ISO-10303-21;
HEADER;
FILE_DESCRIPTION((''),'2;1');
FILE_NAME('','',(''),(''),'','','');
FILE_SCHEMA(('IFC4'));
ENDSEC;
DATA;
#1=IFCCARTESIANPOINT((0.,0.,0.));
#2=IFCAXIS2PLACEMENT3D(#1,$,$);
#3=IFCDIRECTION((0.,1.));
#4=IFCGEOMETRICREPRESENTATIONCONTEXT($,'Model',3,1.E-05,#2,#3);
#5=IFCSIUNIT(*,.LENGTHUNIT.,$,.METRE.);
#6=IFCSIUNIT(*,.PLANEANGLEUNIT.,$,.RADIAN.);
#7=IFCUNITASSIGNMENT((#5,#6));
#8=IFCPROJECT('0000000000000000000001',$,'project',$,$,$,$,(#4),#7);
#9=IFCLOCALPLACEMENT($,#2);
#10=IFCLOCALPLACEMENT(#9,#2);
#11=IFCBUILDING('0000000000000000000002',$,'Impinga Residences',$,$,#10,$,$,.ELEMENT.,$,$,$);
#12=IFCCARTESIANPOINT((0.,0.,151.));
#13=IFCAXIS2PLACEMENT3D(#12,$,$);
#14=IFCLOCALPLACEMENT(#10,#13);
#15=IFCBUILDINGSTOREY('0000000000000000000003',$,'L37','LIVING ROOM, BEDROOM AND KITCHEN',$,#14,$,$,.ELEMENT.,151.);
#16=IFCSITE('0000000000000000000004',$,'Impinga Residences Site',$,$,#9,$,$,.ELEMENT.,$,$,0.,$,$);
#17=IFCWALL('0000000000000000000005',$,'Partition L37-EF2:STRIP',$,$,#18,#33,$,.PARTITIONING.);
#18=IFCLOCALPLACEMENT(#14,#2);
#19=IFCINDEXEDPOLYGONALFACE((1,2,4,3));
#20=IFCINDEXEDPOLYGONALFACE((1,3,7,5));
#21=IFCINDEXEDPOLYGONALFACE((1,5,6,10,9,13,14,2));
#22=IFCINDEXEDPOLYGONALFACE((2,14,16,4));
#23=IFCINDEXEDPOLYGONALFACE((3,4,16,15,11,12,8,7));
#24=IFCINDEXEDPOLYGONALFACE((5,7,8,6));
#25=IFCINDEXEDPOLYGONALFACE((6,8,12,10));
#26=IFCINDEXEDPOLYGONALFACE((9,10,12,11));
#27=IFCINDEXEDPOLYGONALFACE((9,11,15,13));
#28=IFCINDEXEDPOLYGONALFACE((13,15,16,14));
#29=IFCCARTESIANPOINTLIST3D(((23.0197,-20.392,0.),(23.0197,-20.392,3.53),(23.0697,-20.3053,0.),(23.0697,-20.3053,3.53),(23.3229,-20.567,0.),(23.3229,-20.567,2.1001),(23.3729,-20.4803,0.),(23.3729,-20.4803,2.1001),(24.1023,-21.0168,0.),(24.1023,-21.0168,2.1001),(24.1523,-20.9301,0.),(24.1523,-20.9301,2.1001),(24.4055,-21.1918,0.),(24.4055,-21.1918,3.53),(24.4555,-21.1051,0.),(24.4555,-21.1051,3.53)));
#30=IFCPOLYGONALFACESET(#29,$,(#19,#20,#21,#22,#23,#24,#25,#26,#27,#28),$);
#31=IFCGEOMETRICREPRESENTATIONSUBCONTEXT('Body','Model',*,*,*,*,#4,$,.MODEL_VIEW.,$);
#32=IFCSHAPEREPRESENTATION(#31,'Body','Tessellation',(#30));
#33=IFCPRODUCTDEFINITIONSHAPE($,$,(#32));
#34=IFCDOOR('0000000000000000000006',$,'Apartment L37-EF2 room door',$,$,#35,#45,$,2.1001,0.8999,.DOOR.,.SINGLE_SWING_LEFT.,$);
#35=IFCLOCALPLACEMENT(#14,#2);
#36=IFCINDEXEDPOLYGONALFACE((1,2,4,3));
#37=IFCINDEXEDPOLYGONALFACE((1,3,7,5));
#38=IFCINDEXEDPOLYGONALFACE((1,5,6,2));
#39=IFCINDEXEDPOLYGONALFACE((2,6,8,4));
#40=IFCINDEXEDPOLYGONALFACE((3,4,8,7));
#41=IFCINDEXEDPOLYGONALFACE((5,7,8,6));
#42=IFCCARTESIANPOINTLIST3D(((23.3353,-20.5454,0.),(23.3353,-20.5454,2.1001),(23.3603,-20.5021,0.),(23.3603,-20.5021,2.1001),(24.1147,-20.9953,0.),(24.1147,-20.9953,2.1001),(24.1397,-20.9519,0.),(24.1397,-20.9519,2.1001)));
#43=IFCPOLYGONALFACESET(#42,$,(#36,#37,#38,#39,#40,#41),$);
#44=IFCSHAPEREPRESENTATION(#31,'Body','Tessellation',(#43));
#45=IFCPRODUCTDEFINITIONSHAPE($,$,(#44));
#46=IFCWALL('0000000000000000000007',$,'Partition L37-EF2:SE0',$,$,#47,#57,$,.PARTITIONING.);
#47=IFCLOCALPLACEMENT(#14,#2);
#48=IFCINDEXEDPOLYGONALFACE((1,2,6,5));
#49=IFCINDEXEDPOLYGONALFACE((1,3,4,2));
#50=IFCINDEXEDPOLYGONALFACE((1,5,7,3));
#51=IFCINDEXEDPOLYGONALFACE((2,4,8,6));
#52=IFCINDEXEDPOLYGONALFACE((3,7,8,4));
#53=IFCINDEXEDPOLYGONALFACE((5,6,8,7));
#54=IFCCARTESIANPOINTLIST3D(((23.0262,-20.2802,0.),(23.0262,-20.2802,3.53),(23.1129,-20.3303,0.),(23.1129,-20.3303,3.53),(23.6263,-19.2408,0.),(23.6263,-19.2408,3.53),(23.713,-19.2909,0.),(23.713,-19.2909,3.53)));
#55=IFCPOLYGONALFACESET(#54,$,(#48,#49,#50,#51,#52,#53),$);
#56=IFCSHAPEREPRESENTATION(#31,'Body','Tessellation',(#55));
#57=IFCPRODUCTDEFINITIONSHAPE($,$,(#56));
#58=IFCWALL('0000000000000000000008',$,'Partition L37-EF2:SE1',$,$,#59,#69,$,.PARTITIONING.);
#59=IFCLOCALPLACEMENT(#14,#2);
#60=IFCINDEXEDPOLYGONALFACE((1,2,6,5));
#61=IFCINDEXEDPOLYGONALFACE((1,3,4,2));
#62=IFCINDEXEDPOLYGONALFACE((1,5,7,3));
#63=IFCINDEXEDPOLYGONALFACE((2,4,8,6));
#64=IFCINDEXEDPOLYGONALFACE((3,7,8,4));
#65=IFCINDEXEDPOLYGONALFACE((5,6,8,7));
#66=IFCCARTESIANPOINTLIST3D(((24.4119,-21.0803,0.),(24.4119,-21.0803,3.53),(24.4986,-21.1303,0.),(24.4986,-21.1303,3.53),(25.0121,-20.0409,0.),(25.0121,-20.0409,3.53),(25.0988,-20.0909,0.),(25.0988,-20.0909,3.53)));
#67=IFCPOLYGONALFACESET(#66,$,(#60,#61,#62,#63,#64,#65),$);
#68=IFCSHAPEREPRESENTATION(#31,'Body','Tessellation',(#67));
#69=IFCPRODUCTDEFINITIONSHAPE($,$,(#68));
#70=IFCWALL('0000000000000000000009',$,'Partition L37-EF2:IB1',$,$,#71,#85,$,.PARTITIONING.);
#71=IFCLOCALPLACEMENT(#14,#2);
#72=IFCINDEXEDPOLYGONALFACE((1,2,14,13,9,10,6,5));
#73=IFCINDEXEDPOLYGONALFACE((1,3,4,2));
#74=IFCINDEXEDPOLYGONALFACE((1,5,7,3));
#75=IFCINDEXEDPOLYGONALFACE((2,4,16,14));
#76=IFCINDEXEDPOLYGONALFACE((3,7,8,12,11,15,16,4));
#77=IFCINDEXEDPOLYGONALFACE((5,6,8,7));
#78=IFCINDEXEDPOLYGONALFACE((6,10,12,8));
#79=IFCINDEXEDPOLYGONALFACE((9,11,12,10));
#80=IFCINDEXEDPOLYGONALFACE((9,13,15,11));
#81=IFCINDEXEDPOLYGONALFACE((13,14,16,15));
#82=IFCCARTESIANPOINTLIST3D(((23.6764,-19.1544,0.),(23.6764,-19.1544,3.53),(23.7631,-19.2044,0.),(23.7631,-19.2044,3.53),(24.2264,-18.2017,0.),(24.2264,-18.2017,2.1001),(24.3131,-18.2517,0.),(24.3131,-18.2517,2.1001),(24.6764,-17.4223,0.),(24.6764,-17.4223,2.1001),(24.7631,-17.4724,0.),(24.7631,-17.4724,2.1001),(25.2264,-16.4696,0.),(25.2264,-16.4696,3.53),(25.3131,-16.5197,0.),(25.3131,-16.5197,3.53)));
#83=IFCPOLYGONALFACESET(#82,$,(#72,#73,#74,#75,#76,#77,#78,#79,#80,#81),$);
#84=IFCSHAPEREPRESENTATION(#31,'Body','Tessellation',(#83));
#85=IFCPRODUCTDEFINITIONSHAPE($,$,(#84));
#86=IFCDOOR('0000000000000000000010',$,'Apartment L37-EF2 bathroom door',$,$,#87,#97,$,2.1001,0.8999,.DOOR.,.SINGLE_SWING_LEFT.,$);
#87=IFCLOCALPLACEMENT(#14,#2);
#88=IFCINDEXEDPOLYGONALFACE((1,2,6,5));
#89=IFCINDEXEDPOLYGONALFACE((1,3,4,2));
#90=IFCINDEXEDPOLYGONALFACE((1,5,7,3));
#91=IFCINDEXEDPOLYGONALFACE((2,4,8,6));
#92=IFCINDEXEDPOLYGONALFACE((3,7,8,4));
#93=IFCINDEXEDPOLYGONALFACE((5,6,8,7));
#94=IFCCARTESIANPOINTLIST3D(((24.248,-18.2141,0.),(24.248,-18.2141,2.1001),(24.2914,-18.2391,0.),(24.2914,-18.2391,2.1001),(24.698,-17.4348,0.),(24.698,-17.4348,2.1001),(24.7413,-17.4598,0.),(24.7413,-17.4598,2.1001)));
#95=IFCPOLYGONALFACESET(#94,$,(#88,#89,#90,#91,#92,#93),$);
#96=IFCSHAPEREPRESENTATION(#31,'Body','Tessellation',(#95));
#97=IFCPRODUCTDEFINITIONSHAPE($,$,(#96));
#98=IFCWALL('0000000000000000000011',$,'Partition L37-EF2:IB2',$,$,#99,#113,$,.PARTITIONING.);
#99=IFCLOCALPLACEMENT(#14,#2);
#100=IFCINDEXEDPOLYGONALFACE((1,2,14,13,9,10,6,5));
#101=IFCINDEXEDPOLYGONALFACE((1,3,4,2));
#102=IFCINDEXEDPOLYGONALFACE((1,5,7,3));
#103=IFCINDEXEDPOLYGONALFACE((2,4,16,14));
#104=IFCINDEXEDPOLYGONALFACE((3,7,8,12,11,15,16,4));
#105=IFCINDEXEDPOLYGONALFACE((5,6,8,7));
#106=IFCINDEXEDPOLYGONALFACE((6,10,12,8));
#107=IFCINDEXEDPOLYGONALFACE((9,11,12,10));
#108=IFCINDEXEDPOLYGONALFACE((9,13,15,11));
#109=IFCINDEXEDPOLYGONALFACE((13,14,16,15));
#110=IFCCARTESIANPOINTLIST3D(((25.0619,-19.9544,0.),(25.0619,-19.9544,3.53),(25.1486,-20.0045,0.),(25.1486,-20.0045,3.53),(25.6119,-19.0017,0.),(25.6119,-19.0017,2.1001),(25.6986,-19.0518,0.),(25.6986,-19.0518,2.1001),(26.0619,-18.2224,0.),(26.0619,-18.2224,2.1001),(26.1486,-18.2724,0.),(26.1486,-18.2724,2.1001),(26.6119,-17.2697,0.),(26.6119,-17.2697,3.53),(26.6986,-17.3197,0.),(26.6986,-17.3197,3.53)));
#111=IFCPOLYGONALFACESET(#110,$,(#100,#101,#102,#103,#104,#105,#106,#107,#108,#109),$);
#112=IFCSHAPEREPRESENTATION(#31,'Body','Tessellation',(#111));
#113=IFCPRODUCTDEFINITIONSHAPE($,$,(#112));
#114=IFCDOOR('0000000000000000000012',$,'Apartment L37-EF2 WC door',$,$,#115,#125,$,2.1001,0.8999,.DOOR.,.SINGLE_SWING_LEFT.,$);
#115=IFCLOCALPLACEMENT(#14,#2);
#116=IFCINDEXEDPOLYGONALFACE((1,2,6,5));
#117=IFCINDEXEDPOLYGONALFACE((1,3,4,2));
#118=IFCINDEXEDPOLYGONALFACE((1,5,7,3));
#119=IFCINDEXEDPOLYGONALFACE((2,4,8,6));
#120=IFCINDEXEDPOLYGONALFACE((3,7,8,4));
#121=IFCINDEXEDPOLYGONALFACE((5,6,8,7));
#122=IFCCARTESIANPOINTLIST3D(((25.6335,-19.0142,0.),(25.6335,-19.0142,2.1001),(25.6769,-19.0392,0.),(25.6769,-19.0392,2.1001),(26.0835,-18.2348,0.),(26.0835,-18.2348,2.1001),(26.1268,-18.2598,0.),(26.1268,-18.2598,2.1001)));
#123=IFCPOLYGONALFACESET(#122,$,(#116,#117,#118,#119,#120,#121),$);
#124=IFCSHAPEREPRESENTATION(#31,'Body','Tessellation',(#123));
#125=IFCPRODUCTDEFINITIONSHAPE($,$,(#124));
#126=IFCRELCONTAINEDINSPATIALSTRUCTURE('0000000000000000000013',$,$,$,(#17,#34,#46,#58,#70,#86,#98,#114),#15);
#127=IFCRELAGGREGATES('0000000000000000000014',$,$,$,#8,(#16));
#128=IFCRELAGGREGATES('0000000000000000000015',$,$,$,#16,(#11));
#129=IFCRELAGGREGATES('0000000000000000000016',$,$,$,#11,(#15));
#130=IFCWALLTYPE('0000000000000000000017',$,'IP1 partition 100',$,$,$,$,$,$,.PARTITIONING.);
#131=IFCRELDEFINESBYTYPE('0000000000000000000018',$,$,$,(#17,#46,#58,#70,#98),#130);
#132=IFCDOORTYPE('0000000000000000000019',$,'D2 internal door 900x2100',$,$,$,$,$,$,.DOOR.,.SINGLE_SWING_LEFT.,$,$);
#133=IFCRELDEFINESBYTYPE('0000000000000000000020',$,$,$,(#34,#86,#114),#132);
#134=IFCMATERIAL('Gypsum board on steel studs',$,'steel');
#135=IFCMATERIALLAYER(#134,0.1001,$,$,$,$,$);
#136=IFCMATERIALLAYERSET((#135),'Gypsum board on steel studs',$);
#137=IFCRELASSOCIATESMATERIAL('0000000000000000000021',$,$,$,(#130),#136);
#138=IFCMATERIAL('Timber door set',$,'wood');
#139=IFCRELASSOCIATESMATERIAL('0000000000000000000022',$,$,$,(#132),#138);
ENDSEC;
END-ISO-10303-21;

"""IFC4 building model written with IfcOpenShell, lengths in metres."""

from ifc_helpers import new_model, si_unit, direction, frame, frame_2d, origin, place, context, subcontext, project, spatial, rectangle, extrude, material, layer, layer_set, type_object, element, fill, save


model = new_model("IFC4")

# Units and contexts
model_context = context("Model", 3, precision=1e-05, world=origin(), true_north=direction((0.0, 1.0)))
body_context = subcontext(model_context, "Body", "Model", "MODEL_VIEW")
ifc_project = project(units=[si_unit("LENGTHUNIT", "METRE"), si_unit("PLANEANGLEUNIT", "RADIAN")], contexts=[model_context])

# Site, building, storey
site_placement = place(None, origin())
site = spatial("IfcSite", under=ifc_project, at=site_placement, Name="Impinga Residences Site", CompositionType="ELEMENT", RefElevation=0.0)
building_placement = place(site_placement, origin())
building = spatial("IfcBuilding", under=site, at=building_placement, Name="Impinga Residences", CompositionType="ELEMENT")
storey_placement = place(building_placement, frame((0.0, 0.0, 151.0)))
storey = spatial("IfcBuildingStorey", under=building, at=storey_placement, Name="L37", Description="LIVING ROOM, BEDROOM AND KITCHEN", CompositionType="ELEMENT", Elevation=151.0)

# Shared definitions
ifc_material_1 = material(Name="Timber door set", Category="wood")
ifc_material_2 = material(Name="Gypsum board on steel studs", Category="steel")
ifc_layer_1 = layer(ifc_material_2, 0.1001)
ifc_layer_set_1 = layer_set([ifc_layer_1], Name="Gypsum board on steel studs")
wall_type_1 = type_object("IfcWallType", Name="IP1 partition 100", PredefinedType="PARTITIONING", material=ifc_layer_set_1)
door_type_1 = type_object("IfcDoorType", Name="D2 internal door 900x2100", OperationType="SINGLE_SWING_LEFT", PredefinedType="DOOR", material=ifc_material_1)

# Wall, opening, door
wall_1_placement = place(storey_placement, frame((23.0447, -20.3486, 0.0), z_axis=(0.0, 0.0, 1.0), x_axis=(0.866094, -0.499881, 0.0)))
wall_1 = element("IfcWall", 1, at=wall_1_placement, inside=storey, type_object=wall_type_1, Name="Partition L37-EF2:STRIP", PredefinedType="PARTITIONING", context=body_context, shape_type="SweptSolid", body=[
    extrude(rectangle(XDim=1.6001, YDim=0.1001, at=frame_2d((0.8, 0.0))), origin(), (0.0, 0.0, 1.0), 3.53),
])
opening_1_placement = place(wall_1_placement, frame((0.3501, 0.0, 0.0)))
opening_1 = element("IfcOpeningElement", 2, at=opening_1_placement, cuts=wall_1, PredefinedType="OPENING", context=body_context, shape_type="SweptSolid", body=[
    extrude(rectangle(XDim=0.8999, YDim=2.1001, at=frame_2d((0.45, 1.05))), frame((0.0, 0.0601, 0.0), z_axis=(0.0, -1.0, 0.0), x_axis=(1.0, 0.0, 0.0)), (0.0, 0.0, 1.0), 0.1201),
])
door_1_placement = place(opening_1_placement, origin())
door_1 = element("IfcDoor", 3, at=door_1_placement, inside=storey, type_object=door_type_1, Name="Apartment L37-EF2 room door", OperationType="SINGLE_SWING_LEFT", OverallHeight=2.1001, OverallWidth=0.8999, PredefinedType="DOOR", context=body_context, shape_type="SweptSolid", body=[
    extrude(rectangle(XDim=0.8999, YDim=2.1001, at=frame_2d((0.45, 1.05))), frame((0.0, 0.0249, 0.0), z_axis=(0.0, -1.0, 0.0), x_axis=(1.0, 0.0, 0.0)), (0.0, 0.0, 1.0), 0.05),
])
fill(opening_1, door_1)

# Walls
for number, where, z_axis, x_axis, name in (
    (4, (23.6697, -19.2659, 0.0), (0.0, 0.0, 1.0), (-0.500034, -0.866006, 0.0), "Partition L37-EF2:SE0"),
    (5, (25.0554, -20.0659, 0.0), (0.0, 0.0, 1.0), (-0.500034, -0.866006, 0.0), "Partition L37-EF2:SE1"),
):
    element("IfcWall", number, at=place(storey_placement, frame(where, z_axis=z_axis, x_axis=x_axis)), inside=storey, type_object=wall_type_1, Name=name, PredefinedType="PARTITIONING", context=body_context, shape_type="SweptSolid", body=[
        extrude(rectangle(XDim=1.2002, YDim=0.1001, at=frame_2d((0.6001, 0.0))), origin(), (0.0, 0.0, 1.0), 3.53),
    ])

# Walls, openings, doors
wall_2_placement = place(storey_placement, frame((25.2698, -16.4946, 0.0), z_axis=(0.0, 0.0, 1.0), x_axis=(-0.499993, -0.86603, 0.0)))
wall_2 = element("IfcWall", 6, at=wall_2_placement, inside=storey, type_object=wall_type_1, Name="Partition L37-EF2:IB1", PredefinedType="PARTITIONING", context=body_context, shape_type="SweptSolid", body=[
    extrude(rectangle(XDim=3.1001, YDim=0.1001, at=frame_2d((1.55, 0.0))), origin(), (0.0, 0.0, 1.0), 3.53),
])
opening_2_placement = place(wall_2_placement, frame((1.1001, 0.0, 0.0)))
opening_2 = element("IfcOpeningElement", 7, at=opening_2_placement, cuts=wall_2, PredefinedType="OPENING", context=body_context, shape_type="SweptSolid", body=[
    extrude(rectangle(XDim=0.8999, YDim=2.1001, at=frame_2d((0.45, 1.05))), frame((0.0, 0.0601, 0.0), z_axis=(0.0, -1.0, 0.0), x_axis=(1.0, 0.0, 0.0)), (0.0, 0.0, 1.0), 0.1201),
])
door_2_placement = place(opening_2_placement, origin())
door_2 = element("IfcDoor", 8, at=door_2_placement, inside=storey, type_object=door_type_1, Name="Apartment L37-EF2 bathroom door", OperationType="SINGLE_SWING_LEFT", OverallHeight=2.1001, OverallWidth=0.8999, PredefinedType="DOOR", context=body_context, shape_type="SweptSolid", body=[
    extrude(rectangle(XDim=0.8999, YDim=2.1001, at=frame_2d((0.45, 1.05))), frame((0.0, 0.0249, 0.0), z_axis=(0.0, -1.0, 0.0), x_axis=(1.0, 0.0, 0.0)), (0.0, 0.0, 1.0), 0.05),
])
fill(opening_2, door_2)
wall_3_placement = place(storey_placement, frame((26.6553, -17.2947, 0.0), z_axis=(0.0, 0.0, 1.0), x_axis=(-0.499993, -0.86603, 0.0)))
wall_3 = element("IfcWall", 9, at=wall_3_placement, inside=storey, type_object=wall_type_1, Name="Partition L37-EF2:IB2", PredefinedType="PARTITIONING", context=body_context, shape_type="SweptSolid", body=[
    extrude(rectangle(XDim=3.1001, YDim=0.1001, at=frame_2d((1.55, 0.0))), origin(), (0.0, 0.0, 1.0), 3.53),
])
opening_3_placement = place(wall_3_placement, frame((1.1001, 0.0, 0.0)))
opening_3 = element("IfcOpeningElement", 10, at=opening_3_placement, cuts=wall_3, PredefinedType="OPENING", context=body_context, shape_type="SweptSolid", body=[
    extrude(rectangle(XDim=0.8999, YDim=2.1001, at=frame_2d((0.45, 1.05))), frame((0.0, 0.0601, 0.0), z_axis=(0.0, -1.0, 0.0), x_axis=(1.0, 0.0, 0.0)), (0.0, 0.0, 1.0), 0.1201),
])
door_3_placement = place(opening_3_placement, origin())
door_3 = element("IfcDoor", 11, at=door_3_placement, inside=storey, type_object=door_type_1, Name="Apartment L37-EF2 WC door", OperationType="SINGLE_SWING_LEFT", OverallHeight=2.1001, OverallWidth=0.8999, PredefinedType="DOOR", context=body_context, shape_type="SweptSolid", body=[
    extrude(rectangle(XDim=0.8999, YDim=2.1001, at=frame_2d((0.45, 1.05))), frame((0.0, 0.0249, 0.0), z_axis=(0.0, -1.0, 0.0), x_axis=(1.0, 0.0, 0.0)), (0.0, 0.0, 1.0), 0.05),
])
fill(opening_3, door_3)

save(model, "model.ifc")
